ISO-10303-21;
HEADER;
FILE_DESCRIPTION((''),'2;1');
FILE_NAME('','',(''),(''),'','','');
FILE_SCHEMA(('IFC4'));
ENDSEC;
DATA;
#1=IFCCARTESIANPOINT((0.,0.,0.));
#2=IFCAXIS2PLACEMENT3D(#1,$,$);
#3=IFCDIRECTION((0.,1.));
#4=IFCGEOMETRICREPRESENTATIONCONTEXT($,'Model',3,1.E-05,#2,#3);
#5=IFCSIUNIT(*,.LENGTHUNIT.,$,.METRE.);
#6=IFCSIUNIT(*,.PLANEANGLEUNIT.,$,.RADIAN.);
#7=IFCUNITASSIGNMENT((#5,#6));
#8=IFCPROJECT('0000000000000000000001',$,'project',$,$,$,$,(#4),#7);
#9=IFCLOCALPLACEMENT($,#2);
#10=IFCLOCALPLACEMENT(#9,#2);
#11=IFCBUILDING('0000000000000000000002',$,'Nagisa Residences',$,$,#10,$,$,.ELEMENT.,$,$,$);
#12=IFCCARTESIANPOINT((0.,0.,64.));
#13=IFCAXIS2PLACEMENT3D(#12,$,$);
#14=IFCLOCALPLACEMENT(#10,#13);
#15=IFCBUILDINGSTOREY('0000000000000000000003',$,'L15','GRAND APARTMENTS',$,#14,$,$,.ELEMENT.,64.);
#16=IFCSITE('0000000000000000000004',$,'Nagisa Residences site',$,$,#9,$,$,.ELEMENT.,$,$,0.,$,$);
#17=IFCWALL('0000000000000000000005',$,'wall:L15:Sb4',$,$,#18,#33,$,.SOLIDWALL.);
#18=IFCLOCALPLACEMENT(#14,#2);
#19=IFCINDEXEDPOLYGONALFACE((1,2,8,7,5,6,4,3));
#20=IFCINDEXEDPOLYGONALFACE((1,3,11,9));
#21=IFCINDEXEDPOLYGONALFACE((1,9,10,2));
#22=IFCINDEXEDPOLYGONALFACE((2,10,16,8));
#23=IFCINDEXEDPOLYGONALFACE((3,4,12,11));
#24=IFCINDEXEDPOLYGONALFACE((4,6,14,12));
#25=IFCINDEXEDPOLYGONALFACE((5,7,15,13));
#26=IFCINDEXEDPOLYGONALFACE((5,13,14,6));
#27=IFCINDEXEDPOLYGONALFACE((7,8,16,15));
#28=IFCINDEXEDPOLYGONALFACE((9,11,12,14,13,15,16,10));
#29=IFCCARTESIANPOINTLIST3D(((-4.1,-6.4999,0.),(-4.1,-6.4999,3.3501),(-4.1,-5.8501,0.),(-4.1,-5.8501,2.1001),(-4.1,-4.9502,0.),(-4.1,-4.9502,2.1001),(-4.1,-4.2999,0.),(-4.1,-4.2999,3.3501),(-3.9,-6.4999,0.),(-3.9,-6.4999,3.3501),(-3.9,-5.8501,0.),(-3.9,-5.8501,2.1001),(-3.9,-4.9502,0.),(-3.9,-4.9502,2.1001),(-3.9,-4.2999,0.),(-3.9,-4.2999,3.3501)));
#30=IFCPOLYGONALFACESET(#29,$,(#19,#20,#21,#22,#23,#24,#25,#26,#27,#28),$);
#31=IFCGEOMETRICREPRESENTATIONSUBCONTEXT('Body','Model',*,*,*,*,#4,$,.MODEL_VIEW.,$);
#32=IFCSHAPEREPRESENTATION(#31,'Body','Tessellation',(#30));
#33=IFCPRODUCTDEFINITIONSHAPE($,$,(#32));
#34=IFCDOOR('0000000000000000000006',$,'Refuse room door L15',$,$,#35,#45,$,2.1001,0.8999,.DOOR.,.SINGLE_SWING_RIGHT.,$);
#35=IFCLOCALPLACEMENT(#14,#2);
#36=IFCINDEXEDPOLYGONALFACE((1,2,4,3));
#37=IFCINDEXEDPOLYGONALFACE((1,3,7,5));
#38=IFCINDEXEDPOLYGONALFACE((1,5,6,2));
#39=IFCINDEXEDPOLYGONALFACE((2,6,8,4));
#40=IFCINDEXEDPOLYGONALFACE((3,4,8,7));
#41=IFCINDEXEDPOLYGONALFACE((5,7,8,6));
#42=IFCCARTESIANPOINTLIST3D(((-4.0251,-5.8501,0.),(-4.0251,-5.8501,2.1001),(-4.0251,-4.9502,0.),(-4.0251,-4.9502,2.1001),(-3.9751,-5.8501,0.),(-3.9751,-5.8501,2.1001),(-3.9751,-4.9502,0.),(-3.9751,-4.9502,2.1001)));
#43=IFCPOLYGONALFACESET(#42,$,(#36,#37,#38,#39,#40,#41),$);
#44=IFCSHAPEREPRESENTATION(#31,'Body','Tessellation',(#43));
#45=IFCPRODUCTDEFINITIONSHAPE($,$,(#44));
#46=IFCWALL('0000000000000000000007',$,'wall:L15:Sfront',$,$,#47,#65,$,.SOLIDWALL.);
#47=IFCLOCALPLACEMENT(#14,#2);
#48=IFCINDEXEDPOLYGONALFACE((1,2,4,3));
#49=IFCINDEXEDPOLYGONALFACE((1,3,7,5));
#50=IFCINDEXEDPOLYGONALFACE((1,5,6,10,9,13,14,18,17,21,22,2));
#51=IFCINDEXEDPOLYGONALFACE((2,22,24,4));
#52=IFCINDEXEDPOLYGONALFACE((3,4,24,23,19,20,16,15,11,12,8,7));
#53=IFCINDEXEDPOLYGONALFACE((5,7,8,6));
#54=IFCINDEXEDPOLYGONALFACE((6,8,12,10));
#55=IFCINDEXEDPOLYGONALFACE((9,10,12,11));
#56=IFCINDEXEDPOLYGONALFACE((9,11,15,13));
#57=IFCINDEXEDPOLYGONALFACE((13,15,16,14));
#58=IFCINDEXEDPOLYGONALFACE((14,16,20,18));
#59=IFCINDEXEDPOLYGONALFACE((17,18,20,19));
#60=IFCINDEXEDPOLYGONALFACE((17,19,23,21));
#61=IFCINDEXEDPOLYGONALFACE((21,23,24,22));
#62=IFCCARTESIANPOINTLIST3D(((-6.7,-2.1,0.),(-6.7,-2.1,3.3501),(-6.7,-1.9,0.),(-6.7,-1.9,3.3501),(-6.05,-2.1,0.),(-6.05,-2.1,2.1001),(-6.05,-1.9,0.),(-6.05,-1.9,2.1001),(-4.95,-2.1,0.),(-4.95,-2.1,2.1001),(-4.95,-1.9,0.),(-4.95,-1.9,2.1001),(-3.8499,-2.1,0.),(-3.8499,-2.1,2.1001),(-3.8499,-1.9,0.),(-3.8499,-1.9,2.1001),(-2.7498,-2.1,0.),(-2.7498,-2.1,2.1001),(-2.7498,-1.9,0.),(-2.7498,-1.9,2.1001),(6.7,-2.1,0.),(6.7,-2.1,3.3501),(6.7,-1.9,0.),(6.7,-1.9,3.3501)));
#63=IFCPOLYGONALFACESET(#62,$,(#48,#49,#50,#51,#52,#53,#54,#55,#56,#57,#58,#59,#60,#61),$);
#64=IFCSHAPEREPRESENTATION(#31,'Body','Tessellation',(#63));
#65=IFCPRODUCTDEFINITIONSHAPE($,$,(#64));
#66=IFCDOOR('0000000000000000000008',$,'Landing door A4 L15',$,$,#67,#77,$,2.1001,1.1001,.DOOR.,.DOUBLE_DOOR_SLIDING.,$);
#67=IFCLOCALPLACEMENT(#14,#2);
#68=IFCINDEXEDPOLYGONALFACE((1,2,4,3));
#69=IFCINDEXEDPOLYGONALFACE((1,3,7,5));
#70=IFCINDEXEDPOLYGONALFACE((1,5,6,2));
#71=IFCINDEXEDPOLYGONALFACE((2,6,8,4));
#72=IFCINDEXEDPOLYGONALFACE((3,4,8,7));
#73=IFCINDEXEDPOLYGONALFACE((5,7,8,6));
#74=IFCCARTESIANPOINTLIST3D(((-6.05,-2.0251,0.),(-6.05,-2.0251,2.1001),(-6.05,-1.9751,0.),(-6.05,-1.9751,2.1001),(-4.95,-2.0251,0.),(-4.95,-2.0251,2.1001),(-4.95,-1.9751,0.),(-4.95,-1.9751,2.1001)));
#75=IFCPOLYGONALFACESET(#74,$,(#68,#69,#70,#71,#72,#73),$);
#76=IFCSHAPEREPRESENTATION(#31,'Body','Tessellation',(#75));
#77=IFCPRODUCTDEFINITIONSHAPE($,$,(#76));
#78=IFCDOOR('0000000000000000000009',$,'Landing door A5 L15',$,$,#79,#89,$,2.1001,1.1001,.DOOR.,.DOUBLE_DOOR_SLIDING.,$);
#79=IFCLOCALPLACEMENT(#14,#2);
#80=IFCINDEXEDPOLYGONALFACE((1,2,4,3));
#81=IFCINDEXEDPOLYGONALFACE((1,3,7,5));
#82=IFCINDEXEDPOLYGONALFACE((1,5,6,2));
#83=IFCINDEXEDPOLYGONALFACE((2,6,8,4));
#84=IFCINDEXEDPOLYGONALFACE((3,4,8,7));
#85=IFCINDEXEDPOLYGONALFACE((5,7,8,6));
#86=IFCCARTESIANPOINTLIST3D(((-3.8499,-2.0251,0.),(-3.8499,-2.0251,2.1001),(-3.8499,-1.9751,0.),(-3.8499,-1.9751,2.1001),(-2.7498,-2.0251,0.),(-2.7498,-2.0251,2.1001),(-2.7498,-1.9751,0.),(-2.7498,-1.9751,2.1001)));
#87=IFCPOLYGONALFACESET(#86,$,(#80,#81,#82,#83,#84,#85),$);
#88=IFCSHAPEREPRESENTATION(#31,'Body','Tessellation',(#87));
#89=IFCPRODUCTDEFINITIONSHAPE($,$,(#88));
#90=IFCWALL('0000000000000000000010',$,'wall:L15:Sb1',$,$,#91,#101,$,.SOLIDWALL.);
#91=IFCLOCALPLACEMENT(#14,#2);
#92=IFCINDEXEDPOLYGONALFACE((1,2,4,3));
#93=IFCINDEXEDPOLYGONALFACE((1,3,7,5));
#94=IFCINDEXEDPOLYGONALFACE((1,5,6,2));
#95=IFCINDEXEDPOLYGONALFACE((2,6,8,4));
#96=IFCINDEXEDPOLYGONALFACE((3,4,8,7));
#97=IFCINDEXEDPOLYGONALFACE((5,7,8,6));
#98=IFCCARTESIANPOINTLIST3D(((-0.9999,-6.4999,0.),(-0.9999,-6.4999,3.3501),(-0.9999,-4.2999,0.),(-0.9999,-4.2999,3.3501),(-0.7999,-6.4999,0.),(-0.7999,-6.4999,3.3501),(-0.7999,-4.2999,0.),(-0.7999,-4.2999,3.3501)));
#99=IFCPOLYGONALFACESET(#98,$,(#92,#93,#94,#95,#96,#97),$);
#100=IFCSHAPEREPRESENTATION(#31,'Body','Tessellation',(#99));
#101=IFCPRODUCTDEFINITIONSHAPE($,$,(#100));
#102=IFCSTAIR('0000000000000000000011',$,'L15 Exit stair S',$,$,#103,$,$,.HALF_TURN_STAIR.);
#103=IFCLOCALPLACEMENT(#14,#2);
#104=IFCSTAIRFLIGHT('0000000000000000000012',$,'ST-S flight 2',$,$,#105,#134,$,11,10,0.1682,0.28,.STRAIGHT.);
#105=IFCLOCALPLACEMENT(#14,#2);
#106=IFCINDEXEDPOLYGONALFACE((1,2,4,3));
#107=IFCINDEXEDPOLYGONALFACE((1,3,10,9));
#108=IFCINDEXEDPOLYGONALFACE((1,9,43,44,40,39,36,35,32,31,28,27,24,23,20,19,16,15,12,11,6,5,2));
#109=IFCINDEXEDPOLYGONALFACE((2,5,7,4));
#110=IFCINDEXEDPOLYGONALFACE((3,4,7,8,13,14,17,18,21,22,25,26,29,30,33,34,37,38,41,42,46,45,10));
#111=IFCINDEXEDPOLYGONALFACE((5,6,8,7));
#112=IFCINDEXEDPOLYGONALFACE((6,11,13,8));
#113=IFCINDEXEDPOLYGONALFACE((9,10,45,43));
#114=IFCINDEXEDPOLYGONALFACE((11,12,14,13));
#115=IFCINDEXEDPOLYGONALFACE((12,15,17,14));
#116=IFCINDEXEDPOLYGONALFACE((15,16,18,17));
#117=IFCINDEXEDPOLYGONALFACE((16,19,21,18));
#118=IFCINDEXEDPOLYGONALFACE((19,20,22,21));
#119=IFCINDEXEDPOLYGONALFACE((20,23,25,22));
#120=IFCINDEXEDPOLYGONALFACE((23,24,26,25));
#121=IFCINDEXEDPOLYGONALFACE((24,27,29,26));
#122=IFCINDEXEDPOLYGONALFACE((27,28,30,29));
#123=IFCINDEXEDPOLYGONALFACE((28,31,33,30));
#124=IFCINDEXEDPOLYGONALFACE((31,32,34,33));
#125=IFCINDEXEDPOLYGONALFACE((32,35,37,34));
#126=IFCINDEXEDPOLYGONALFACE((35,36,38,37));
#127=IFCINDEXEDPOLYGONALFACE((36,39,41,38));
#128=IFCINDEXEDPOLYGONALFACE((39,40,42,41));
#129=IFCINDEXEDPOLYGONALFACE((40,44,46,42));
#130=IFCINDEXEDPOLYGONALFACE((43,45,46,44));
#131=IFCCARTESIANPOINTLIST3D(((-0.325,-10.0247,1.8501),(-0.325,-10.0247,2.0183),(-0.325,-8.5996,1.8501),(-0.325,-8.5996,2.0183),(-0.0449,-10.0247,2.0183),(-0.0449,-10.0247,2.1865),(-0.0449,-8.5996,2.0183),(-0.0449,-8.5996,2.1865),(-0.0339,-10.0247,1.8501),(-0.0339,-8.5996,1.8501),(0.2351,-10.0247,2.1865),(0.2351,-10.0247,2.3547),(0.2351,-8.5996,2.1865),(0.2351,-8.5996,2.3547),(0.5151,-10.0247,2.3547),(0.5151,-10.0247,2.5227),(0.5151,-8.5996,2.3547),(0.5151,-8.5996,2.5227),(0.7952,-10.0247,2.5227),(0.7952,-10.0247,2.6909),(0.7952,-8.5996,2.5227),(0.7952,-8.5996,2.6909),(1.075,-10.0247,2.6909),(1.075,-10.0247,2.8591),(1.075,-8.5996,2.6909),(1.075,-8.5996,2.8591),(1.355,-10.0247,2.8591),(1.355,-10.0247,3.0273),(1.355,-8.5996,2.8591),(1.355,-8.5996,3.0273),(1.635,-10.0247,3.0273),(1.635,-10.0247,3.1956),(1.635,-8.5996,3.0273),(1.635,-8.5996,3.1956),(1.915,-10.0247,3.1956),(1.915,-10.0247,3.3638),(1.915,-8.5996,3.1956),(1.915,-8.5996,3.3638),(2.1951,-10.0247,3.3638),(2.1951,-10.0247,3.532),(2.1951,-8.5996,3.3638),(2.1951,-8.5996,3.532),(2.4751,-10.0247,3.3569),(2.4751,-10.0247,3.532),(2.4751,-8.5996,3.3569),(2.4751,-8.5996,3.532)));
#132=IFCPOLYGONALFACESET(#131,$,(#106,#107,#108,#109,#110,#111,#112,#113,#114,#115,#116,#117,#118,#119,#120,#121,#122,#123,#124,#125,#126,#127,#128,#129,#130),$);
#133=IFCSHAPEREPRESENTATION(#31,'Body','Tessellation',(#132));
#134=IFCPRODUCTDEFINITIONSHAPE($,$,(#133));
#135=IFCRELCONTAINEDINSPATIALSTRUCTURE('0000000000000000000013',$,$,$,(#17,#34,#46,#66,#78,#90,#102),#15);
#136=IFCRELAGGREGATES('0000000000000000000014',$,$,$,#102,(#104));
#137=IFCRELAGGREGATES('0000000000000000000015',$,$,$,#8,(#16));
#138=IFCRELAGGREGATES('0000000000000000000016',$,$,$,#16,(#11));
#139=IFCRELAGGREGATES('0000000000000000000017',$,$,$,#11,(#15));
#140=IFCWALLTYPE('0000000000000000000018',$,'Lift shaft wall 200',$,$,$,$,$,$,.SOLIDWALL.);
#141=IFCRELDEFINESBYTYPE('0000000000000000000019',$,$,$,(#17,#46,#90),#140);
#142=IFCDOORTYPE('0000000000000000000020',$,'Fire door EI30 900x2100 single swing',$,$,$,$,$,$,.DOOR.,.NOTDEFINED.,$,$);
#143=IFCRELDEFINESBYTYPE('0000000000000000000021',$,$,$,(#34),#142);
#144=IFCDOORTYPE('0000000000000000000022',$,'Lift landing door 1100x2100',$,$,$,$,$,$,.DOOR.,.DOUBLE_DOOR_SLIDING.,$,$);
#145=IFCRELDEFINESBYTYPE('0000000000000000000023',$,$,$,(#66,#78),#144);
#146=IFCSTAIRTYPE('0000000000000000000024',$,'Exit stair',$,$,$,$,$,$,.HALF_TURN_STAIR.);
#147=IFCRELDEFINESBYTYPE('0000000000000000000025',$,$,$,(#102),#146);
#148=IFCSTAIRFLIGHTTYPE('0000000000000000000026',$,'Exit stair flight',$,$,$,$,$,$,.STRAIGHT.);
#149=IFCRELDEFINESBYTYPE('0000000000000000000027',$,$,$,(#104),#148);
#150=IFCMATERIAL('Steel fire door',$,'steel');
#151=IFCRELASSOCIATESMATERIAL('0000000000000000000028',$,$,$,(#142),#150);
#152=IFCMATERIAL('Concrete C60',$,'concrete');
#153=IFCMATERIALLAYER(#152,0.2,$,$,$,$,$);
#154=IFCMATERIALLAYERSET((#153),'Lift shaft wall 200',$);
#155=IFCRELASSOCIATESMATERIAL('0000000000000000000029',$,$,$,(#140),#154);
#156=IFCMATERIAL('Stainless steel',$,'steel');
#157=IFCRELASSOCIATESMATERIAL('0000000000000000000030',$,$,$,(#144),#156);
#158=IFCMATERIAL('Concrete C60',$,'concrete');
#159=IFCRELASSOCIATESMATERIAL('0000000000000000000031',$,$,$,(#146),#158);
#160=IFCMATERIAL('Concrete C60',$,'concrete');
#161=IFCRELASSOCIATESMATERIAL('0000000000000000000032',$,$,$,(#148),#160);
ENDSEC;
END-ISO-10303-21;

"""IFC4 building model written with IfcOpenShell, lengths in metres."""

from ifc_helpers import new_model, si_unit, direction, frame, frame_2d, origin, place, context, subcontext, project, spatial, polyline, rectangle, outline, extrude, material, layer, layer_set, type_object, element, fill, aggregate, save


model = new_model("IFC4")

# Units and contexts
model_context = context("Model", 3, precision=1e-05, world=origin(), true_north=direction((0.0, 1.0)))
body_context = subcontext(model_context, "Body", "Model", "MODEL_VIEW")
ifc_project = project(units=[si_unit("LENGTHUNIT", "METRE"), si_unit("PLANEANGLEUNIT", "RADIAN")], contexts=[model_context])

# Site, building, storey
site_placement = place(None, origin())
site = spatial("IfcSite", under=ifc_project, at=site_placement, Name="Nagisa Residences site", CompositionType="ELEMENT", RefElevation=0.0)
building_placement = place(site_placement, origin())
building = spatial("IfcBuilding", under=site, at=building_placement, Name="Nagisa Residences", CompositionType="ELEMENT")
storey_placement = place(building_placement, frame((0.0, 0.0, 64.0)))
storey = spatial("IfcBuildingStorey", under=building, at=storey_placement, Name="L15", Description="GRAND APARTMENTS", CompositionType="ELEMENT", Elevation=64.0)

# Shared definitions
ifc_material_1 = material(Name="Steel fire door", Category="steel")
door_type_1 = type_object("IfcDoorType", Name="Fire door EI30 900x2100 single swing", OperationType="NOTDEFINED", PredefinedType="DOOR", material=ifc_material_1)

# Wall, opening, door
ifc_material_2 = material(Name="Concrete C60", Category="concrete")
ifc_layer_1 = layer(ifc_material_2, 0.2)
ifc_layer_set_1 = layer_set([ifc_layer_1], Name="Lift shaft wall 200")
wall_type_1 = type_object("IfcWallType", Name="Lift shaft wall 200", PredefinedType="SOLIDWALL", material=ifc_layer_set_1)
wall_1_placement = place(storey_placement, frame((-4.0, -6.5, 0.0), z_axis=(0.0, 0.0, 1.0), x_axis=(0.0, 1.0, 0.0)))
wall_1 = element("IfcWall", 1, at=wall_1_placement, inside=storey, type_object=wall_type_1, Name="wall:L15:Sb4", PredefinedType="SOLIDWALL", context=body_context, shape_type="SweptSolid", body=[
    extrude(rectangle(XDim=2.2, YDim=0.2, at=frame_2d((1.1001, 0.0))), origin(), (0.0, 0.0, 1.0), 3.3501),
])
opening_1_placement = place(wall_1_placement, frame((0.6499, 0.0, 0.0)))
opening_1 = element("IfcOpeningElement", 2, at=opening_1_placement, cuts=wall_1, PredefinedType="OPENING", context=body_context, shape_type="SweptSolid", body=[
    extrude(rectangle(XDim=0.8999, YDim=2.1001, at=frame_2d((0.45, 1.05))), frame((0.0, 0.1099, 0.0), z_axis=(0.0, -1.0, 0.0), x_axis=(1.0, 0.0, 0.0)), (0.0, 0.0, 1.0), 0.22),
])
door_1_placement = place(opening_1_placement, frame((0.8999, 0.0, 0.0), x_axis=(-1.0, 0.0, 0.0)))
door_1 = element("IfcDoor", 3, at=door_1_placement, inside=storey, type_object=door_type_1, Name="Refuse room door L15", OperationType="SINGLE_SWING_RIGHT", OverallHeight=2.1001, OverallWidth=0.8999, PredefinedType="DOOR", context=body_context, shape_type="SweptSolid", body=[
    extrude(rectangle(XDim=0.8999, YDim=2.1001, at=frame_2d((0.45, 1.05))), frame((0.0, 0.0249, 0.0), z_axis=(0.0, -1.0, 0.0), x_axis=(1.0, 0.0, 0.0)), (0.0, 0.0, 1.0), 0.05),
])
fill(opening_1, door_1)

# Wall, openings, doors
wall_2_placement = place(storey_placement, frame((-6.7, -2.0, 0.0), z_axis=(0.0, 0.0, 1.0), x_axis=(1.0, 0.0, 0.0)))
wall_2 = element("IfcWall", 4, at=wall_2_placement, inside=storey, type_object=wall_type_1, Name="wall:L15:Sfront", PredefinedType="SOLIDWALL", context=body_context, shape_type="SweptSolid", body=[
    extrude(rectangle(XDim=13.3999, YDim=0.2, at=frame_2d((6.7, 0.0))), origin(), (0.0, 0.0, 1.0), 3.3501),
])
opening_2_placement = place(wall_2_placement, frame((0.6499, 0.0, 0.0)))
opening_2 = element("IfcOpeningElement", 5, at=opening_2_placement, cuts=wall_2, PredefinedType="OPENING", context=body_context, shape_type="SweptSolid", body=[
    extrude(rectangle(XDim=1.1001, YDim=2.1001, at=frame_2d((0.55, 1.05))), frame((0.0, 0.1099, 0.0), z_axis=(0.0, -1.0, 0.0), x_axis=(1.0, 0.0, 0.0)), (0.0, 0.0, 1.0), 0.22),
])
opening_3_placement = place(wall_2_placement, frame((2.8501, 0.0, 0.0)))
opening_3 = element("IfcOpeningElement", 6, at=opening_3_placement, cuts=wall_2, PredefinedType="OPENING", context=body_context, shape_type="SweptSolid", body=[
    extrude(rectangle(XDim=1.1001, YDim=2.1001, at=frame_2d((0.55, 1.05))), frame((0.0, 0.1099, 0.0), z_axis=(0.0, -1.0, 0.0), x_axis=(1.0, 0.0, 0.0)), (0.0, 0.0, 1.0), 0.22),
])
ifc_material_3 = material(Name="Stainless steel", Category="steel")
door_type_2 = type_object("IfcDoorType", Name="Lift landing door 1100x2100", OperationType="DOUBLE_DOOR_SLIDING", PredefinedType="DOOR", material=ifc_material_3)
door_2_placement = place(opening_2_placement, origin())
door_2 = element("IfcDoor", 7, at=door_2_placement, inside=storey, type_object=door_type_2, Name="Landing door A4 L15", OperationType="DOUBLE_DOOR_SLIDING", OverallHeight=2.1001, OverallWidth=1.1001, PredefinedType="DOOR", context=body_context, shape_type="SweptSolid", body=[
    extrude(rectangle(XDim=1.1001, YDim=2.1001, at=frame_2d((0.55, 1.05))), frame((0.0, 0.0249, 0.0), z_axis=(0.0, -1.0, 0.0), x_axis=(1.0, 0.0, 0.0)), (0.0, 0.0, 1.0), 0.05),
])
fill(opening_2, door_2)
door_3_placement = place(opening_3_placement, origin())
door_3 = element("IfcDoor", 8, at=door_3_placement, inside=storey, type_object=door_type_2, Name="Landing door A5 L15", OperationType="DOUBLE_DOOR_SLIDING", OverallHeight=2.1001, OverallWidth=1.1001, PredefinedType="DOOR", context=body_context, shape_type="SweptSolid", body=[
    extrude(rectangle(XDim=1.1001, YDim=2.1001, at=frame_2d((0.55, 1.05))), frame((0.0, 0.0249, 0.0), z_axis=(0.0, -1.0, 0.0), x_axis=(1.0, 0.0, 0.0)), (0.0, 0.0, 1.0), 0.05),
])
fill(opening_3, door_3)

# Wall
wall_3_placement = place(storey_placement, frame((-0.8999, -6.5, 0.0), z_axis=(0.0, 0.0, 1.0), x_axis=(0.0, 1.0, 0.0)))
element("IfcWall", 9, at=wall_3_placement, inside=storey, type_object=wall_type_1, Name="wall:L15:Sb1", PredefinedType="SOLIDWALL", context=body_context, shape_type="SweptSolid", body=[
    extrude(rectangle(XDim=2.2, YDim=0.2, at=frame_2d((1.1001, 0.0))), origin(), (0.0, 0.0, 1.0), 3.3501),
])

# Stair, stair flight
ifc_material_4 = material(Name="Concrete C60", Category="concrete")
stair_type = type_object("IfcStairType", Name="Exit stair", PredefinedType="HALF_TURN_STAIR", material=ifc_material_4)
stair_placement = place(storey_placement, origin())
stair = element("IfcStair", 10, at=stair_placement, inside=storey, type_object=stair_type, Name="L15 Exit stair S", PredefinedType="HALF_TURN_STAIR")
ifc_material_5 = material(Name="Concrete C60", Category="concrete")
stair_flight_type = type_object("IfcStairFlightType", Name="Exit stair flight", PredefinedType="STRAIGHT", material=ifc_material_5)
stair_flight_placement = place(storey_placement, frame((-0.325, -9.312, 1.8501), z_axis=(0.0, 0.0, 1.0), x_axis=(1.0, 0.0, 0.0)))
stair_flight = element("IfcStairFlight", 11, at=stair_flight_placement, type_object=stair_flight_type, Name="ST-S flight 2", NumberOfRisers=11, NumberOfTreads=10, PredefinedType="STRAIGHT", RiserHeight=0.1682, TreadLength=0.28, context=body_context, shape_type="SweptSolid", body=[
    extrude(outline(polyline([(0.0, 0.0), (0.0, 0.1682), (0.28, 0.1682), (0.28, 0.3364), (0.5601, 0.3364), (0.5601, 0.5046), (0.8401, 0.5046), (0.8401, 0.6726), (1.1201, 0.6726), (1.1201, 0.8408), (1.3999, 0.8408), (1.3999, 1.009), (1.6799, 1.009), (1.6799, 1.1772), (1.96, 1.1772), (1.96, 1.3455), (2.24, 1.3455), (2.24, 1.5137), (2.52, 1.5137), (2.52, 1.6819), (2.8, 1.6819), (2.8, 1.8501), (2.8, 1.5068), (0.291, 0.0), (0.0, 0.0)])), frame((0.0, 0.7124, 0.0), z_axis=(0.0, -1.0, 0.0), x_axis=(1.0, 0.0, 0.0)), (0.0, 0.0, 1.0), 1.425),
])
aggregate(stair, [stair_flight])

save(model, "model.ifc")
